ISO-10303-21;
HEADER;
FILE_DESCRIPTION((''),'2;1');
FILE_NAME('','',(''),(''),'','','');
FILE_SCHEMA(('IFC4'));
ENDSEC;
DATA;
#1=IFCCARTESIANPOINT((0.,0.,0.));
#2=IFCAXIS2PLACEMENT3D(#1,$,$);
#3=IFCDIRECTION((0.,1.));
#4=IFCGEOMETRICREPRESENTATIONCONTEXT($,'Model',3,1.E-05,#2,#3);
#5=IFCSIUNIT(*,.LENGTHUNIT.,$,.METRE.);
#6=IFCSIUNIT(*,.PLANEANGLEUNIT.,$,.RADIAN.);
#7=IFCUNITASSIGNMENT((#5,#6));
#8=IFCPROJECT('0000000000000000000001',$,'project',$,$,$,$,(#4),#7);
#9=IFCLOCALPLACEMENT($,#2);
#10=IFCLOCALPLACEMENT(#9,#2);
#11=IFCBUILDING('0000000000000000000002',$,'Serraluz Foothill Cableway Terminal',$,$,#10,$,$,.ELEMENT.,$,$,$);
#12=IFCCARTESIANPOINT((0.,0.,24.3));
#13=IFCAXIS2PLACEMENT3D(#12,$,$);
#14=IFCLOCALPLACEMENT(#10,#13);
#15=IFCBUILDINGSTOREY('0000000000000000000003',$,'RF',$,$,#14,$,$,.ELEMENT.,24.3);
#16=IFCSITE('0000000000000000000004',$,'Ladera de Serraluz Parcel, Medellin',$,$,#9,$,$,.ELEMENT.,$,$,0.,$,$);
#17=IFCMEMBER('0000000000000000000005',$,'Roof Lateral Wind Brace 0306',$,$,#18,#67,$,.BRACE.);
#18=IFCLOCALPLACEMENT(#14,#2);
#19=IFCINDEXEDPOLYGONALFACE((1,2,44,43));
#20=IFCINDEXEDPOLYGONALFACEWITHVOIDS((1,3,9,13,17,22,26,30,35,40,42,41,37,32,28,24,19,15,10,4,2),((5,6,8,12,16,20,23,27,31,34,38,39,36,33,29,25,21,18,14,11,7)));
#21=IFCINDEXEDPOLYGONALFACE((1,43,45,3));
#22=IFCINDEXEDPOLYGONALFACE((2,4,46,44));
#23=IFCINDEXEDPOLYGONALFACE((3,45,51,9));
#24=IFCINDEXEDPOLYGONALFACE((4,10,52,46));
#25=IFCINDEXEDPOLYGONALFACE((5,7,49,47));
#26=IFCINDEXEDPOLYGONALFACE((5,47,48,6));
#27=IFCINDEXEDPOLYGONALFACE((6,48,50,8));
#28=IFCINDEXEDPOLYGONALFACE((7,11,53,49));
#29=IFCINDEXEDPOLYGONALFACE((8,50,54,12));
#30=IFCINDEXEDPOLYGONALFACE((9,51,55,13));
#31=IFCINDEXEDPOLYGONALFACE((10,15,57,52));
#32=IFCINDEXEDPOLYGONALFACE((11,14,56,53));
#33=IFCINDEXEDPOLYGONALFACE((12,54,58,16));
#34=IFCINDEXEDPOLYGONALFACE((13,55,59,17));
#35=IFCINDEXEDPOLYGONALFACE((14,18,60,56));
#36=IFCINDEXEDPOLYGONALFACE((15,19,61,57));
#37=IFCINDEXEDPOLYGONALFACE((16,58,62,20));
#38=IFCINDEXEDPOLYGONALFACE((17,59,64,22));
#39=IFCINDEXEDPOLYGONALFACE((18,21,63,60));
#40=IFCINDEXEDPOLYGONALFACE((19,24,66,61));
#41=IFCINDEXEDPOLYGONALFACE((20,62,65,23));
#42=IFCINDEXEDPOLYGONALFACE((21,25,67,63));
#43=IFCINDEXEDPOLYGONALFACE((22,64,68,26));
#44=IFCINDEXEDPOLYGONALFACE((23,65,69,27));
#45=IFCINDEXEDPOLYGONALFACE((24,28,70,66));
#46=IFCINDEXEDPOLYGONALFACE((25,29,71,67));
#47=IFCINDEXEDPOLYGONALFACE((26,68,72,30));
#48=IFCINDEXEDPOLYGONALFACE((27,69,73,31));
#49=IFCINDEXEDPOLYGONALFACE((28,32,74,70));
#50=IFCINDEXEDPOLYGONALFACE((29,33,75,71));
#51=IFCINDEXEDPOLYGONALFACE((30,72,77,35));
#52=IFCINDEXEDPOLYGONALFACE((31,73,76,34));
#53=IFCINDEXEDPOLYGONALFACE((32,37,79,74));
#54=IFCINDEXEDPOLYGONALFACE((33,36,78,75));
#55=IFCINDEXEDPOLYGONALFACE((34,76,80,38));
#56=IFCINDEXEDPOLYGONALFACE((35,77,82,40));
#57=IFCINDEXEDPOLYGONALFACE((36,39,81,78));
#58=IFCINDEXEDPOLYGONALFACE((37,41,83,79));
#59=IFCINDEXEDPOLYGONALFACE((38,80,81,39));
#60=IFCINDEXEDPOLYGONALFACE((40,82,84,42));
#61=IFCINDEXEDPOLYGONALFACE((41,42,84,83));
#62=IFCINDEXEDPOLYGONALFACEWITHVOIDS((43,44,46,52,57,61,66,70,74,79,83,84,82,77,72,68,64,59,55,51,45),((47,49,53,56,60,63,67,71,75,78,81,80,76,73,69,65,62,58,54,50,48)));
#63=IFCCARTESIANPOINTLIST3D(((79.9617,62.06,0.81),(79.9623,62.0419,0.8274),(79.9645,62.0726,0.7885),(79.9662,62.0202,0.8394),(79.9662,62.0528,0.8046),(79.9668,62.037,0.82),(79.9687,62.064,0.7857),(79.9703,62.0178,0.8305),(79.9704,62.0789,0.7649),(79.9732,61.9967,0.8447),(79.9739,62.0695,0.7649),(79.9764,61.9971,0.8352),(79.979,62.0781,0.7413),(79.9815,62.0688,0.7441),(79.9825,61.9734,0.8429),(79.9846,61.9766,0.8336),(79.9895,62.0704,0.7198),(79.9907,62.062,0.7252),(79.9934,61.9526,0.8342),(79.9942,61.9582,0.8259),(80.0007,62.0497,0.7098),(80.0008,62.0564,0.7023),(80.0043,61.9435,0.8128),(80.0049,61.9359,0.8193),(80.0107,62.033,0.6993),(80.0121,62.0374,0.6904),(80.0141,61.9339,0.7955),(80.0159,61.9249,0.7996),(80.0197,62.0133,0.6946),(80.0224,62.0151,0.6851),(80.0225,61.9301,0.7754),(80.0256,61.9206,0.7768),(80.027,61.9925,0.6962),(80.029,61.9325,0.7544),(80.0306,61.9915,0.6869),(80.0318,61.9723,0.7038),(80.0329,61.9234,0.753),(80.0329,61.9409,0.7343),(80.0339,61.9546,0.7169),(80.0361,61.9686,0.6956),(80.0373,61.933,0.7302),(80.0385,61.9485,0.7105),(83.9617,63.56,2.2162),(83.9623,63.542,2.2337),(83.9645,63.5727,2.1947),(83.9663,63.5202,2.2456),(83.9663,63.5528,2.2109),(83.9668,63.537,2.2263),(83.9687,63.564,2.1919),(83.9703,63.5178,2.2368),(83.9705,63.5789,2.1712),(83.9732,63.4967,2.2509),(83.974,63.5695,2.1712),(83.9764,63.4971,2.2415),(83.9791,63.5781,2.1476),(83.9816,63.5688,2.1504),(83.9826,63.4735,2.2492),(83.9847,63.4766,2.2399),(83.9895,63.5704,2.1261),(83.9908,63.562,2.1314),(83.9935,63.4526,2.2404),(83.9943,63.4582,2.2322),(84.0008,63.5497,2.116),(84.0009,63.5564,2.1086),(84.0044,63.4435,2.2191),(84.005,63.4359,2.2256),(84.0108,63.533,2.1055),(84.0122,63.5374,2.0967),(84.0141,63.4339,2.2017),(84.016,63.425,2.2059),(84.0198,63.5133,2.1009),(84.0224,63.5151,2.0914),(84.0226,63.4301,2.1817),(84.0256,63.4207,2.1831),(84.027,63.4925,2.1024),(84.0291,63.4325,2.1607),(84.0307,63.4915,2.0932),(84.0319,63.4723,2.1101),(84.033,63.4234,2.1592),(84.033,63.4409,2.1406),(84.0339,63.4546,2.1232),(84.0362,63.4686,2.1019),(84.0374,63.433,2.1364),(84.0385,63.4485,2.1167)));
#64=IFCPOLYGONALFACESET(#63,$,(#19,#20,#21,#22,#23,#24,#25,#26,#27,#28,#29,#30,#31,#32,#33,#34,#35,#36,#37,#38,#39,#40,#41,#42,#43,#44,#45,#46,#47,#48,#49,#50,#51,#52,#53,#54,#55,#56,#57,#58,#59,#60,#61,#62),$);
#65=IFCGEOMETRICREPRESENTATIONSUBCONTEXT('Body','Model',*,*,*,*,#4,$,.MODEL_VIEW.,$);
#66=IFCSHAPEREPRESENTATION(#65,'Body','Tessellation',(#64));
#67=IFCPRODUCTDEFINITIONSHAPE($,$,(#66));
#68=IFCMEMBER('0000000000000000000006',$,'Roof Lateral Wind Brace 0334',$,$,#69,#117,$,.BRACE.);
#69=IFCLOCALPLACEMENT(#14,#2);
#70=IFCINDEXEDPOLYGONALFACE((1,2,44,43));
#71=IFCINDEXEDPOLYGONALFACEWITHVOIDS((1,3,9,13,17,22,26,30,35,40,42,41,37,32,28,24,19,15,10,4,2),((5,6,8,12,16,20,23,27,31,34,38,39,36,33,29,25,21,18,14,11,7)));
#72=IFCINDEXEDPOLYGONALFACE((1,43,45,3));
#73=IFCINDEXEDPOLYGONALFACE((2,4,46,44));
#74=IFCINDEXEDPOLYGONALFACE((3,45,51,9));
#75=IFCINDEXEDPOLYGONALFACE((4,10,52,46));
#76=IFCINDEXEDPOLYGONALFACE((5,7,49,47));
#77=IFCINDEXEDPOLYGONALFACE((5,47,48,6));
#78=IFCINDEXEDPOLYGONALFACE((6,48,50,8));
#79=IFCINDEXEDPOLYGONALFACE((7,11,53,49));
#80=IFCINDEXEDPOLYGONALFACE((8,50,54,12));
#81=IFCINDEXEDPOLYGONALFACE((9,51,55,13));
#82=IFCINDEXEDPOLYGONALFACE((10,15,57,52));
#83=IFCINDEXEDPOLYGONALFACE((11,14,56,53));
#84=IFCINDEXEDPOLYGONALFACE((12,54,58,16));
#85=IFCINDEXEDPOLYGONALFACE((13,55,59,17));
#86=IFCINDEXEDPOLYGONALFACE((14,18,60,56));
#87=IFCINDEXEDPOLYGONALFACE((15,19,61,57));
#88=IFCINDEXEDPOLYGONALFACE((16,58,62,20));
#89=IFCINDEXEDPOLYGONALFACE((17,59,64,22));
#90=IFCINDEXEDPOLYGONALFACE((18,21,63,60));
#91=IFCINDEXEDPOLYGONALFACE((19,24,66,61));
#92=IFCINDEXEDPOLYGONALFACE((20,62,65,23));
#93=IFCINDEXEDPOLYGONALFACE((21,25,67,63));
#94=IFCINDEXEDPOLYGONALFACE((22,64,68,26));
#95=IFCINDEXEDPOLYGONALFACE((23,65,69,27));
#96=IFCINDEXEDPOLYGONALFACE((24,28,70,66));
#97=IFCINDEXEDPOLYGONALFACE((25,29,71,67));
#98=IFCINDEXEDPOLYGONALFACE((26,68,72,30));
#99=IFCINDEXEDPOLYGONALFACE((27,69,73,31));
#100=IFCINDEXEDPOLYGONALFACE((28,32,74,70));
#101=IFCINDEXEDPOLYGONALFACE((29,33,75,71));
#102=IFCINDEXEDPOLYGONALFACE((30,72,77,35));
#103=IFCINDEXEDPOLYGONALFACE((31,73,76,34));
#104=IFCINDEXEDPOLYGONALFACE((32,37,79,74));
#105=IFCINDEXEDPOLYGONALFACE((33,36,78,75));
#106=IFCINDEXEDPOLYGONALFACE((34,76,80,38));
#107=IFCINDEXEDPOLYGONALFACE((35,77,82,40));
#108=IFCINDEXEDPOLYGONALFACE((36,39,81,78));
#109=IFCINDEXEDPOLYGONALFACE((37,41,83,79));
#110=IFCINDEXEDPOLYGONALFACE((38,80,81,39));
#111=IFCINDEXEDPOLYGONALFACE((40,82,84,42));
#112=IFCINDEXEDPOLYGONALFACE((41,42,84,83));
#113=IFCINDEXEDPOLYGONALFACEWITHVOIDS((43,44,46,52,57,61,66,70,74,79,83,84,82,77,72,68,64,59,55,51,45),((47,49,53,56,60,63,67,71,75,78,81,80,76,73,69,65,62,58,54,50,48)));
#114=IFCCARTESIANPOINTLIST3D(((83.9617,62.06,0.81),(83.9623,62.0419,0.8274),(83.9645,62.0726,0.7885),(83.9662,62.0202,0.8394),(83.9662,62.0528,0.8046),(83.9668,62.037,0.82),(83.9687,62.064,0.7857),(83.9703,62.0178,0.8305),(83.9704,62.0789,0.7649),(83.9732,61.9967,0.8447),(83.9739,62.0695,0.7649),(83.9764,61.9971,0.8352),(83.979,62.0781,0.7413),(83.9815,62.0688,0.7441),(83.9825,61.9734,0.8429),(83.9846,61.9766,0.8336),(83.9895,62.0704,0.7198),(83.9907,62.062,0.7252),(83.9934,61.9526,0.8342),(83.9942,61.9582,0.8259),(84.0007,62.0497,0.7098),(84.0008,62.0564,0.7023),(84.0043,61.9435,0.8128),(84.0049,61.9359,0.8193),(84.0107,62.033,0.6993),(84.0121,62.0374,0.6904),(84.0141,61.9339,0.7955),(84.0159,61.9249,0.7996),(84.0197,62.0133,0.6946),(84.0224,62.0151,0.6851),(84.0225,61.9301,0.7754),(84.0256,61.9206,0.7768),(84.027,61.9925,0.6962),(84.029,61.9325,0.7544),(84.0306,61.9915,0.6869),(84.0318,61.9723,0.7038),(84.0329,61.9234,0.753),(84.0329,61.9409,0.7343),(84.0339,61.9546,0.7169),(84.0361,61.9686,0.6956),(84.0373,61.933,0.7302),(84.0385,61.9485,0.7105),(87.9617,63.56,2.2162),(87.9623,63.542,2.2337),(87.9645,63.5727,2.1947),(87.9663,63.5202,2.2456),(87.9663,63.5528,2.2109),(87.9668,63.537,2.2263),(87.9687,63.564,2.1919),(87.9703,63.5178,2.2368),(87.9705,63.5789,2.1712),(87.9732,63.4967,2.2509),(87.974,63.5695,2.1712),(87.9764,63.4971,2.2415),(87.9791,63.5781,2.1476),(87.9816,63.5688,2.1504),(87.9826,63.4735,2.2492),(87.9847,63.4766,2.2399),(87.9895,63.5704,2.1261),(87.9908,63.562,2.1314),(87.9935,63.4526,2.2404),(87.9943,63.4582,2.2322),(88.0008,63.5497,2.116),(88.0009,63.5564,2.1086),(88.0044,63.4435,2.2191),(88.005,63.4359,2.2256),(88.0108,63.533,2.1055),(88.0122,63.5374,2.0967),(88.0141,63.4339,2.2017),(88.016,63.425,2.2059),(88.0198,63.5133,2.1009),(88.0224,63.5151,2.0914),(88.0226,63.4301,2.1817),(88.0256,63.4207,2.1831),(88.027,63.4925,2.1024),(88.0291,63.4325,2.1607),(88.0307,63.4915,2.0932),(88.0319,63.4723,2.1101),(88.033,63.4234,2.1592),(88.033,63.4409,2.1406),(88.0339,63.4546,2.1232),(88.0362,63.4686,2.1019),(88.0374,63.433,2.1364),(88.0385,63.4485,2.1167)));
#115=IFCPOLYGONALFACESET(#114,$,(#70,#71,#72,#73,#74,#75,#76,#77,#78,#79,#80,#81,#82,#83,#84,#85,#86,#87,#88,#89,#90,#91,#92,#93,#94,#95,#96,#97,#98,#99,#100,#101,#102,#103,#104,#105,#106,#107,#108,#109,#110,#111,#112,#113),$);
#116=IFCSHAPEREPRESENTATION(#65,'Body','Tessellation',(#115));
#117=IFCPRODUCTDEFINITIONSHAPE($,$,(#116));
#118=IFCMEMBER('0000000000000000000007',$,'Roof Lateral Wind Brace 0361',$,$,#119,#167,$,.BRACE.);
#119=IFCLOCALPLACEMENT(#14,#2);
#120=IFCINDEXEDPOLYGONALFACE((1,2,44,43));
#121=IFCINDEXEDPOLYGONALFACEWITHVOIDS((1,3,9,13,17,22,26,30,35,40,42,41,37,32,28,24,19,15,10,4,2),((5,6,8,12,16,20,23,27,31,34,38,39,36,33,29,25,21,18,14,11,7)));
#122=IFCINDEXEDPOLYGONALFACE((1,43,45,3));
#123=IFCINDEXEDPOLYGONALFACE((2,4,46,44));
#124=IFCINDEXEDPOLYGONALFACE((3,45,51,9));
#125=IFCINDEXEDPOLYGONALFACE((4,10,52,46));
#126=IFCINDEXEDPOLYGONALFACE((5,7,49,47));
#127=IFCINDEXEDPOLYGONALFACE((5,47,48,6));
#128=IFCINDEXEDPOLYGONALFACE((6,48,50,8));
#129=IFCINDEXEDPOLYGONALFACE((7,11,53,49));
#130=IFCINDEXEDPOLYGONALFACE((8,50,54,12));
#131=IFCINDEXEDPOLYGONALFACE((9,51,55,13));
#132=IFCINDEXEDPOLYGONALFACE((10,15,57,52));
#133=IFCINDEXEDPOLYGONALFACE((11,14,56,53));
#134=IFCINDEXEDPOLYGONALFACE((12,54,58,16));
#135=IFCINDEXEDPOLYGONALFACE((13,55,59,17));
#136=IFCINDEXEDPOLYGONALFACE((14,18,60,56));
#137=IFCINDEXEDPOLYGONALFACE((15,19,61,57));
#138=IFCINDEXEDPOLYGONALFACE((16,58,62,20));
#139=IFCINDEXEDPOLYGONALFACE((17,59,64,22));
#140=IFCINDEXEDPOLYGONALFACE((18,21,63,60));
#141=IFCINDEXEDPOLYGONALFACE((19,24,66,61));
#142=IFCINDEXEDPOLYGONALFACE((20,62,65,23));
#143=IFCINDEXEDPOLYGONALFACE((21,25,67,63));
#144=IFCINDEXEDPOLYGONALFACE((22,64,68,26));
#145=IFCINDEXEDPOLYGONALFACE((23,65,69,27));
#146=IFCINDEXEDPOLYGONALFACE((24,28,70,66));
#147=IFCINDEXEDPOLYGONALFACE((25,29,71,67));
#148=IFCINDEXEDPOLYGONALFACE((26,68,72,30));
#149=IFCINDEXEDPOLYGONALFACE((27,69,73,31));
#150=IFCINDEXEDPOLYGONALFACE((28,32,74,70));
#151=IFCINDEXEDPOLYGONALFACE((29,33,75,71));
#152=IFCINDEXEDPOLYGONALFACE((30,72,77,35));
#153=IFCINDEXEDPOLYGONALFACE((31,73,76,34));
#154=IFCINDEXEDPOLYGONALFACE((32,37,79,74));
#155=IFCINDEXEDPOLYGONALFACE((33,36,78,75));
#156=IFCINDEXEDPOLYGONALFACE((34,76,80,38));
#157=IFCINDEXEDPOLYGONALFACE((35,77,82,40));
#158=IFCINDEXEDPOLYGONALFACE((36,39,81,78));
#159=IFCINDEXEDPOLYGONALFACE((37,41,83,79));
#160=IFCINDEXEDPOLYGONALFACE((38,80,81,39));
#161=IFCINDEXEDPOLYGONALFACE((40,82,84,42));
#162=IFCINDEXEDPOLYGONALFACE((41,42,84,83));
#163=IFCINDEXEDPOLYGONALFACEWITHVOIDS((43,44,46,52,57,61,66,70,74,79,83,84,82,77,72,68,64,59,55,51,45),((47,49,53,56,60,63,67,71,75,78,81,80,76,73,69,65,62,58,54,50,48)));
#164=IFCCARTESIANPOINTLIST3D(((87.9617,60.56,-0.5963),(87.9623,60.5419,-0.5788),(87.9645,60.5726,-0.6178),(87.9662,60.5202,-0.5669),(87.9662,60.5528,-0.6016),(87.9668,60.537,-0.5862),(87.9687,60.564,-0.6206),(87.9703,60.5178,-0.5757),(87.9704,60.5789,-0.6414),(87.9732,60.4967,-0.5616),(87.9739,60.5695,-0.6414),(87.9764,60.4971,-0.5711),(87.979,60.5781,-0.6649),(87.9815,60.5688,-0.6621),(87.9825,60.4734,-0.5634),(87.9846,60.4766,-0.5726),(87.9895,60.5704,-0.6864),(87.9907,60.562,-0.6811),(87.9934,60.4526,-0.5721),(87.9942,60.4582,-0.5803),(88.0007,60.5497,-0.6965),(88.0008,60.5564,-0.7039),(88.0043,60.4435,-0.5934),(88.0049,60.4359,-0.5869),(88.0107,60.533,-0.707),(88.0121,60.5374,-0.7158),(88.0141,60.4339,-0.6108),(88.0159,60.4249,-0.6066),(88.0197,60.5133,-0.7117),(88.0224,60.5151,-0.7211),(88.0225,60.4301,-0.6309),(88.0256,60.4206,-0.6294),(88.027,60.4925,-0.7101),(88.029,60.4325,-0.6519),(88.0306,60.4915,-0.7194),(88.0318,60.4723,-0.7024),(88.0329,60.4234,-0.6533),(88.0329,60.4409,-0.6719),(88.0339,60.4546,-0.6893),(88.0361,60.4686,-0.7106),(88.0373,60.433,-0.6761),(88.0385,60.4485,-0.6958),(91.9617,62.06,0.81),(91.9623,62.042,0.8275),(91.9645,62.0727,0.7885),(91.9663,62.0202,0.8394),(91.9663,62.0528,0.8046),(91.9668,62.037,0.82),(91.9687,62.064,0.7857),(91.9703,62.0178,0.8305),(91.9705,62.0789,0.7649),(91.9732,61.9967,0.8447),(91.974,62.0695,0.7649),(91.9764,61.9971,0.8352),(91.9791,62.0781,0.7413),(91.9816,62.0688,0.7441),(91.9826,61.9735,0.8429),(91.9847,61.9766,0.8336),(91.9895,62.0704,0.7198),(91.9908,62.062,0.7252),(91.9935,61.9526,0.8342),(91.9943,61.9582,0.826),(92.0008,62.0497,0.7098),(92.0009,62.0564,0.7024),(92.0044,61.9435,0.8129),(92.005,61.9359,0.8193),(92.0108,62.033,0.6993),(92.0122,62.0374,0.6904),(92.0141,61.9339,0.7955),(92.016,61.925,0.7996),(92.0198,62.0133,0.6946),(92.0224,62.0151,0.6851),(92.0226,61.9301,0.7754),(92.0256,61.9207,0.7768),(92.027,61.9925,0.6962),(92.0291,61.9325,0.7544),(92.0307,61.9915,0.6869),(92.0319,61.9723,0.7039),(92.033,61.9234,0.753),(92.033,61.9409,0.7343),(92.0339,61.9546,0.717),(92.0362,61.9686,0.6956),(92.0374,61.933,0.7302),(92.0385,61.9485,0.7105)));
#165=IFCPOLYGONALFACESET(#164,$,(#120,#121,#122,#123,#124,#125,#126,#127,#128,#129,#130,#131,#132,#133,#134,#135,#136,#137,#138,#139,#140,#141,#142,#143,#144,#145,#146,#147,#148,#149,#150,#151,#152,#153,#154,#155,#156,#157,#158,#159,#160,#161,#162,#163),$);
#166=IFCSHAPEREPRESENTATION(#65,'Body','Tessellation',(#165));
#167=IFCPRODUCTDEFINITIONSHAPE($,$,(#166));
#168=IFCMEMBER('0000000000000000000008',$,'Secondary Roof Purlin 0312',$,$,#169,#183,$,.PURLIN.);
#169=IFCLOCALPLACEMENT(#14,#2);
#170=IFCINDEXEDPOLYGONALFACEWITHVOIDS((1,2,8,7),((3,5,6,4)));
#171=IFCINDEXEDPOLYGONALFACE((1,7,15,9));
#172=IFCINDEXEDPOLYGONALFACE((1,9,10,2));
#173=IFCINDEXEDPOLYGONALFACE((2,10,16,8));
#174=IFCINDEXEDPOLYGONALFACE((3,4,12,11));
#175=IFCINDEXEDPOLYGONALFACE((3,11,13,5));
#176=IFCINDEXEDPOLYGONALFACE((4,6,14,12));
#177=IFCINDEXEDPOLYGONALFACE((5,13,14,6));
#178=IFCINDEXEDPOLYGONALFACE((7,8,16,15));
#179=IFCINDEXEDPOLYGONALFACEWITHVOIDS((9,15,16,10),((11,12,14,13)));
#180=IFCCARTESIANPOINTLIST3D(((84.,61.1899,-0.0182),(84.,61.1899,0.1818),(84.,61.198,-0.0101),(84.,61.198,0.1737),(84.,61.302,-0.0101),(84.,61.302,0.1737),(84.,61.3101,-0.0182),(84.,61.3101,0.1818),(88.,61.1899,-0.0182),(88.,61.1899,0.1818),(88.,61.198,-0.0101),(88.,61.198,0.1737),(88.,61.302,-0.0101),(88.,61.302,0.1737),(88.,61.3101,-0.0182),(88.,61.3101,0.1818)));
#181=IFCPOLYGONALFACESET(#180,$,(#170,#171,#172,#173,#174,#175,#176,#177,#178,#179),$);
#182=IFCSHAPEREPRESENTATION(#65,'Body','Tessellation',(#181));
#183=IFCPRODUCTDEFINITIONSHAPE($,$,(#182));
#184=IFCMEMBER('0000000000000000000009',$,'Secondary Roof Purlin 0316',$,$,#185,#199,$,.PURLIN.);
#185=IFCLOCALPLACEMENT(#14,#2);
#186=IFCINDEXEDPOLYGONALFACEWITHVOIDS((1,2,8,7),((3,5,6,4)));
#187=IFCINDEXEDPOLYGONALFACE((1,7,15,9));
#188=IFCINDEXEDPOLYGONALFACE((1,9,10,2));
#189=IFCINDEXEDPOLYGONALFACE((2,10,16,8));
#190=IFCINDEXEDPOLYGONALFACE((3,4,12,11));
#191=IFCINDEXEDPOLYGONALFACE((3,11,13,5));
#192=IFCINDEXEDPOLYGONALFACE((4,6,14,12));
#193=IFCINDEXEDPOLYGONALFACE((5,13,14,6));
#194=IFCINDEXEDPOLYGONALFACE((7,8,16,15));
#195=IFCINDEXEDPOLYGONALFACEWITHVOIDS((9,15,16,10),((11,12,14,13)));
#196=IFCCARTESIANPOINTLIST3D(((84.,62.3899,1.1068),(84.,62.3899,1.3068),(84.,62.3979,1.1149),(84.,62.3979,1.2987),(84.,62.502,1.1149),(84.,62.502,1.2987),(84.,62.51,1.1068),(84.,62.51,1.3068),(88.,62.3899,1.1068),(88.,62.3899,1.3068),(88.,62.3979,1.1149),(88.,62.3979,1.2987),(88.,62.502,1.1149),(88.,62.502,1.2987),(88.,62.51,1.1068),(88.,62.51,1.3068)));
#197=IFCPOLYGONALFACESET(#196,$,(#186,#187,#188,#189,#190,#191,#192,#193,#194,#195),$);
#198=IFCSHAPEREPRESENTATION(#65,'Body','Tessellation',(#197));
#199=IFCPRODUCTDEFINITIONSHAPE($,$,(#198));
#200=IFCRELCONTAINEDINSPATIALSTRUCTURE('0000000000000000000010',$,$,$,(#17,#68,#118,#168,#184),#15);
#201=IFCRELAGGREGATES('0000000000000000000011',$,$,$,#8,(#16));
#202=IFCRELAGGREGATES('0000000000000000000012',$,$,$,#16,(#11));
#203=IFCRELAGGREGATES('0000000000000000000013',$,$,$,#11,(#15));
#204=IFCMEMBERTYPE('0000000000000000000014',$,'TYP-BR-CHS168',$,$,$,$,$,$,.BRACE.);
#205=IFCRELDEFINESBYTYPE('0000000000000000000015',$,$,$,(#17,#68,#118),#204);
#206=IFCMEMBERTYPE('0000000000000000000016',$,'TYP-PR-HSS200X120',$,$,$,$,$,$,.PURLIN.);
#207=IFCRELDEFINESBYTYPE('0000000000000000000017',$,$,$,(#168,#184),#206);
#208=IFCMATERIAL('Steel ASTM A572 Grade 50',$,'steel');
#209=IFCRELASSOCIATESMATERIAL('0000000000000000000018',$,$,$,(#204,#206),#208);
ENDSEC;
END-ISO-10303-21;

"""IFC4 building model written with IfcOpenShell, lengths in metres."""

from ifc_helpers import new_model, si_unit, direction, frame, origin, origin_2d, place, context, subcontext, project, spatial, hollow_rectangle, hollow_circle, extrude, material, material_profile, profile_set, type_object, element, save


model = new_model("IFC4")

# Units and contexts
model_context = context("Model", 3, precision=1e-05, world=origin(), true_north=direction((0.0, 1.0)))
body_context = subcontext(model_context, "Body", "Model", "MODEL_VIEW")
ifc_project = project(units=[si_unit("LENGTHUNIT", "METRE"), si_unit("PLANEANGLEUNIT", "RADIAN")], contexts=[model_context])

# Site, building, storey
site_placement = place(None, origin())
site = spatial("IfcSite", under=ifc_project, at=site_placement, Name="Ladera de Serraluz Parcel, Medellin", CompositionType="ELEMENT", RefElevation=0.0)
building_placement = place(site_placement, origin())
building = spatial("IfcBuilding", under=site, at=building_placement, Name="Serraluz Foothill Cableway Terminal", CompositionType="ELEMENT")
storey_placement = place(building_placement, frame((0.0, 0.0, 24.3)))
storey = spatial("IfcBuildingStorey", under=building, at=storey_placement, Name="RF", CompositionType="ELEMENT", Elevation=24.3)

# Members
ifc_material_1 = material(Name="Steel ASTM A572 Grade 50", Category="steel")
ifc_material_profile_1 = material_profile(ifc_material_1, hollow_circle(Radius=0.0842, WallThickness=0.01, at=origin_2d()), Name="CHS168X10")
ifc_profile_set_1 = profile_set([ifc_material_profile_1], Name="Steel ASTM A572 Grade 50")
member_type_1 = type_object("IfcMemberType", Name="TYP-BR-CHS168", PredefinedType="BRACE", material=ifc_profile_set_1)
for number, where, z_axis, x_axis, name in (
    (1, (80.0, 62.0, 0.7649), (0.889382, 0.333518, 0.312673), (-0.351123, 0.936329, 0.0), "Roof Lateral Wind Brace 0306"),
    (2, (84.0, 62.0, 0.7649), (0.889382, 0.333518, 0.312673), (-0.351123, 0.936329, 0.0), "Roof Lateral Wind Brace 0334"),
    (3, (88.0, 60.5, -0.6414), (0.889382, 0.333518, 0.312673), (-0.351123, 0.936329, 0.0), "Roof Lateral Wind Brace 0361"),
):
    element("IfcMember", number, at=place(storey_placement, frame(where, z_axis=z_axis, x_axis=x_axis)), inside=storey, type_object=member_type_1, Name=name, PredefinedType="BRACE", context=body_context, shape_type="SweptSolid", body=[
        extrude(hollow_circle(Radius=0.0842, WallThickness=0.01, at=origin_2d()), origin(), (0.0, 0.0, 1.0), 4.4976),
    ])
ifc_material_profile_2 = material_profile(ifc_material_1, hollow_rectangle(XDim=0.1201, YDim=0.2, WallThickness=0.0081, at=origin_2d()), Name="HSS200X120X8")
ifc_profile_set_2 = profile_set([ifc_material_profile_2], Name="Steel ASTM A572 Grade 50")
member_type_2 = type_object("IfcMemberType", Name="TYP-PR-HSS200X120", PredefinedType="PURLIN", material=ifc_profile_set_2)
for number, where, z_axis, x_axis, name in (
    (4, (84.0, 61.25, 0.0818), (1.0, 0.0, 0.0), (0.0, 1.0, 0.0), "Secondary Roof Purlin 0312"),
    (5, (84.0, 62.45, 1.2068), (1.0, 0.0, 0.0), (0.0, 1.0, 0.0), "Secondary Roof Purlin 0316"),
):
    element("IfcMember", number, at=place(storey_placement, frame(where, z_axis=z_axis, x_axis=x_axis)), inside=storey, type_object=member_type_2, Name=name, PredefinedType="PURLIN", context=body_context, shape_type="SweptSolid", body=[
        extrude(hollow_rectangle(XDim=0.1201, YDim=0.2, WallThickness=0.0081, at=origin_2d()), origin(), (0.0, 0.0, 1.0), 4.0),
    ])

save(model, "model.ifc")
